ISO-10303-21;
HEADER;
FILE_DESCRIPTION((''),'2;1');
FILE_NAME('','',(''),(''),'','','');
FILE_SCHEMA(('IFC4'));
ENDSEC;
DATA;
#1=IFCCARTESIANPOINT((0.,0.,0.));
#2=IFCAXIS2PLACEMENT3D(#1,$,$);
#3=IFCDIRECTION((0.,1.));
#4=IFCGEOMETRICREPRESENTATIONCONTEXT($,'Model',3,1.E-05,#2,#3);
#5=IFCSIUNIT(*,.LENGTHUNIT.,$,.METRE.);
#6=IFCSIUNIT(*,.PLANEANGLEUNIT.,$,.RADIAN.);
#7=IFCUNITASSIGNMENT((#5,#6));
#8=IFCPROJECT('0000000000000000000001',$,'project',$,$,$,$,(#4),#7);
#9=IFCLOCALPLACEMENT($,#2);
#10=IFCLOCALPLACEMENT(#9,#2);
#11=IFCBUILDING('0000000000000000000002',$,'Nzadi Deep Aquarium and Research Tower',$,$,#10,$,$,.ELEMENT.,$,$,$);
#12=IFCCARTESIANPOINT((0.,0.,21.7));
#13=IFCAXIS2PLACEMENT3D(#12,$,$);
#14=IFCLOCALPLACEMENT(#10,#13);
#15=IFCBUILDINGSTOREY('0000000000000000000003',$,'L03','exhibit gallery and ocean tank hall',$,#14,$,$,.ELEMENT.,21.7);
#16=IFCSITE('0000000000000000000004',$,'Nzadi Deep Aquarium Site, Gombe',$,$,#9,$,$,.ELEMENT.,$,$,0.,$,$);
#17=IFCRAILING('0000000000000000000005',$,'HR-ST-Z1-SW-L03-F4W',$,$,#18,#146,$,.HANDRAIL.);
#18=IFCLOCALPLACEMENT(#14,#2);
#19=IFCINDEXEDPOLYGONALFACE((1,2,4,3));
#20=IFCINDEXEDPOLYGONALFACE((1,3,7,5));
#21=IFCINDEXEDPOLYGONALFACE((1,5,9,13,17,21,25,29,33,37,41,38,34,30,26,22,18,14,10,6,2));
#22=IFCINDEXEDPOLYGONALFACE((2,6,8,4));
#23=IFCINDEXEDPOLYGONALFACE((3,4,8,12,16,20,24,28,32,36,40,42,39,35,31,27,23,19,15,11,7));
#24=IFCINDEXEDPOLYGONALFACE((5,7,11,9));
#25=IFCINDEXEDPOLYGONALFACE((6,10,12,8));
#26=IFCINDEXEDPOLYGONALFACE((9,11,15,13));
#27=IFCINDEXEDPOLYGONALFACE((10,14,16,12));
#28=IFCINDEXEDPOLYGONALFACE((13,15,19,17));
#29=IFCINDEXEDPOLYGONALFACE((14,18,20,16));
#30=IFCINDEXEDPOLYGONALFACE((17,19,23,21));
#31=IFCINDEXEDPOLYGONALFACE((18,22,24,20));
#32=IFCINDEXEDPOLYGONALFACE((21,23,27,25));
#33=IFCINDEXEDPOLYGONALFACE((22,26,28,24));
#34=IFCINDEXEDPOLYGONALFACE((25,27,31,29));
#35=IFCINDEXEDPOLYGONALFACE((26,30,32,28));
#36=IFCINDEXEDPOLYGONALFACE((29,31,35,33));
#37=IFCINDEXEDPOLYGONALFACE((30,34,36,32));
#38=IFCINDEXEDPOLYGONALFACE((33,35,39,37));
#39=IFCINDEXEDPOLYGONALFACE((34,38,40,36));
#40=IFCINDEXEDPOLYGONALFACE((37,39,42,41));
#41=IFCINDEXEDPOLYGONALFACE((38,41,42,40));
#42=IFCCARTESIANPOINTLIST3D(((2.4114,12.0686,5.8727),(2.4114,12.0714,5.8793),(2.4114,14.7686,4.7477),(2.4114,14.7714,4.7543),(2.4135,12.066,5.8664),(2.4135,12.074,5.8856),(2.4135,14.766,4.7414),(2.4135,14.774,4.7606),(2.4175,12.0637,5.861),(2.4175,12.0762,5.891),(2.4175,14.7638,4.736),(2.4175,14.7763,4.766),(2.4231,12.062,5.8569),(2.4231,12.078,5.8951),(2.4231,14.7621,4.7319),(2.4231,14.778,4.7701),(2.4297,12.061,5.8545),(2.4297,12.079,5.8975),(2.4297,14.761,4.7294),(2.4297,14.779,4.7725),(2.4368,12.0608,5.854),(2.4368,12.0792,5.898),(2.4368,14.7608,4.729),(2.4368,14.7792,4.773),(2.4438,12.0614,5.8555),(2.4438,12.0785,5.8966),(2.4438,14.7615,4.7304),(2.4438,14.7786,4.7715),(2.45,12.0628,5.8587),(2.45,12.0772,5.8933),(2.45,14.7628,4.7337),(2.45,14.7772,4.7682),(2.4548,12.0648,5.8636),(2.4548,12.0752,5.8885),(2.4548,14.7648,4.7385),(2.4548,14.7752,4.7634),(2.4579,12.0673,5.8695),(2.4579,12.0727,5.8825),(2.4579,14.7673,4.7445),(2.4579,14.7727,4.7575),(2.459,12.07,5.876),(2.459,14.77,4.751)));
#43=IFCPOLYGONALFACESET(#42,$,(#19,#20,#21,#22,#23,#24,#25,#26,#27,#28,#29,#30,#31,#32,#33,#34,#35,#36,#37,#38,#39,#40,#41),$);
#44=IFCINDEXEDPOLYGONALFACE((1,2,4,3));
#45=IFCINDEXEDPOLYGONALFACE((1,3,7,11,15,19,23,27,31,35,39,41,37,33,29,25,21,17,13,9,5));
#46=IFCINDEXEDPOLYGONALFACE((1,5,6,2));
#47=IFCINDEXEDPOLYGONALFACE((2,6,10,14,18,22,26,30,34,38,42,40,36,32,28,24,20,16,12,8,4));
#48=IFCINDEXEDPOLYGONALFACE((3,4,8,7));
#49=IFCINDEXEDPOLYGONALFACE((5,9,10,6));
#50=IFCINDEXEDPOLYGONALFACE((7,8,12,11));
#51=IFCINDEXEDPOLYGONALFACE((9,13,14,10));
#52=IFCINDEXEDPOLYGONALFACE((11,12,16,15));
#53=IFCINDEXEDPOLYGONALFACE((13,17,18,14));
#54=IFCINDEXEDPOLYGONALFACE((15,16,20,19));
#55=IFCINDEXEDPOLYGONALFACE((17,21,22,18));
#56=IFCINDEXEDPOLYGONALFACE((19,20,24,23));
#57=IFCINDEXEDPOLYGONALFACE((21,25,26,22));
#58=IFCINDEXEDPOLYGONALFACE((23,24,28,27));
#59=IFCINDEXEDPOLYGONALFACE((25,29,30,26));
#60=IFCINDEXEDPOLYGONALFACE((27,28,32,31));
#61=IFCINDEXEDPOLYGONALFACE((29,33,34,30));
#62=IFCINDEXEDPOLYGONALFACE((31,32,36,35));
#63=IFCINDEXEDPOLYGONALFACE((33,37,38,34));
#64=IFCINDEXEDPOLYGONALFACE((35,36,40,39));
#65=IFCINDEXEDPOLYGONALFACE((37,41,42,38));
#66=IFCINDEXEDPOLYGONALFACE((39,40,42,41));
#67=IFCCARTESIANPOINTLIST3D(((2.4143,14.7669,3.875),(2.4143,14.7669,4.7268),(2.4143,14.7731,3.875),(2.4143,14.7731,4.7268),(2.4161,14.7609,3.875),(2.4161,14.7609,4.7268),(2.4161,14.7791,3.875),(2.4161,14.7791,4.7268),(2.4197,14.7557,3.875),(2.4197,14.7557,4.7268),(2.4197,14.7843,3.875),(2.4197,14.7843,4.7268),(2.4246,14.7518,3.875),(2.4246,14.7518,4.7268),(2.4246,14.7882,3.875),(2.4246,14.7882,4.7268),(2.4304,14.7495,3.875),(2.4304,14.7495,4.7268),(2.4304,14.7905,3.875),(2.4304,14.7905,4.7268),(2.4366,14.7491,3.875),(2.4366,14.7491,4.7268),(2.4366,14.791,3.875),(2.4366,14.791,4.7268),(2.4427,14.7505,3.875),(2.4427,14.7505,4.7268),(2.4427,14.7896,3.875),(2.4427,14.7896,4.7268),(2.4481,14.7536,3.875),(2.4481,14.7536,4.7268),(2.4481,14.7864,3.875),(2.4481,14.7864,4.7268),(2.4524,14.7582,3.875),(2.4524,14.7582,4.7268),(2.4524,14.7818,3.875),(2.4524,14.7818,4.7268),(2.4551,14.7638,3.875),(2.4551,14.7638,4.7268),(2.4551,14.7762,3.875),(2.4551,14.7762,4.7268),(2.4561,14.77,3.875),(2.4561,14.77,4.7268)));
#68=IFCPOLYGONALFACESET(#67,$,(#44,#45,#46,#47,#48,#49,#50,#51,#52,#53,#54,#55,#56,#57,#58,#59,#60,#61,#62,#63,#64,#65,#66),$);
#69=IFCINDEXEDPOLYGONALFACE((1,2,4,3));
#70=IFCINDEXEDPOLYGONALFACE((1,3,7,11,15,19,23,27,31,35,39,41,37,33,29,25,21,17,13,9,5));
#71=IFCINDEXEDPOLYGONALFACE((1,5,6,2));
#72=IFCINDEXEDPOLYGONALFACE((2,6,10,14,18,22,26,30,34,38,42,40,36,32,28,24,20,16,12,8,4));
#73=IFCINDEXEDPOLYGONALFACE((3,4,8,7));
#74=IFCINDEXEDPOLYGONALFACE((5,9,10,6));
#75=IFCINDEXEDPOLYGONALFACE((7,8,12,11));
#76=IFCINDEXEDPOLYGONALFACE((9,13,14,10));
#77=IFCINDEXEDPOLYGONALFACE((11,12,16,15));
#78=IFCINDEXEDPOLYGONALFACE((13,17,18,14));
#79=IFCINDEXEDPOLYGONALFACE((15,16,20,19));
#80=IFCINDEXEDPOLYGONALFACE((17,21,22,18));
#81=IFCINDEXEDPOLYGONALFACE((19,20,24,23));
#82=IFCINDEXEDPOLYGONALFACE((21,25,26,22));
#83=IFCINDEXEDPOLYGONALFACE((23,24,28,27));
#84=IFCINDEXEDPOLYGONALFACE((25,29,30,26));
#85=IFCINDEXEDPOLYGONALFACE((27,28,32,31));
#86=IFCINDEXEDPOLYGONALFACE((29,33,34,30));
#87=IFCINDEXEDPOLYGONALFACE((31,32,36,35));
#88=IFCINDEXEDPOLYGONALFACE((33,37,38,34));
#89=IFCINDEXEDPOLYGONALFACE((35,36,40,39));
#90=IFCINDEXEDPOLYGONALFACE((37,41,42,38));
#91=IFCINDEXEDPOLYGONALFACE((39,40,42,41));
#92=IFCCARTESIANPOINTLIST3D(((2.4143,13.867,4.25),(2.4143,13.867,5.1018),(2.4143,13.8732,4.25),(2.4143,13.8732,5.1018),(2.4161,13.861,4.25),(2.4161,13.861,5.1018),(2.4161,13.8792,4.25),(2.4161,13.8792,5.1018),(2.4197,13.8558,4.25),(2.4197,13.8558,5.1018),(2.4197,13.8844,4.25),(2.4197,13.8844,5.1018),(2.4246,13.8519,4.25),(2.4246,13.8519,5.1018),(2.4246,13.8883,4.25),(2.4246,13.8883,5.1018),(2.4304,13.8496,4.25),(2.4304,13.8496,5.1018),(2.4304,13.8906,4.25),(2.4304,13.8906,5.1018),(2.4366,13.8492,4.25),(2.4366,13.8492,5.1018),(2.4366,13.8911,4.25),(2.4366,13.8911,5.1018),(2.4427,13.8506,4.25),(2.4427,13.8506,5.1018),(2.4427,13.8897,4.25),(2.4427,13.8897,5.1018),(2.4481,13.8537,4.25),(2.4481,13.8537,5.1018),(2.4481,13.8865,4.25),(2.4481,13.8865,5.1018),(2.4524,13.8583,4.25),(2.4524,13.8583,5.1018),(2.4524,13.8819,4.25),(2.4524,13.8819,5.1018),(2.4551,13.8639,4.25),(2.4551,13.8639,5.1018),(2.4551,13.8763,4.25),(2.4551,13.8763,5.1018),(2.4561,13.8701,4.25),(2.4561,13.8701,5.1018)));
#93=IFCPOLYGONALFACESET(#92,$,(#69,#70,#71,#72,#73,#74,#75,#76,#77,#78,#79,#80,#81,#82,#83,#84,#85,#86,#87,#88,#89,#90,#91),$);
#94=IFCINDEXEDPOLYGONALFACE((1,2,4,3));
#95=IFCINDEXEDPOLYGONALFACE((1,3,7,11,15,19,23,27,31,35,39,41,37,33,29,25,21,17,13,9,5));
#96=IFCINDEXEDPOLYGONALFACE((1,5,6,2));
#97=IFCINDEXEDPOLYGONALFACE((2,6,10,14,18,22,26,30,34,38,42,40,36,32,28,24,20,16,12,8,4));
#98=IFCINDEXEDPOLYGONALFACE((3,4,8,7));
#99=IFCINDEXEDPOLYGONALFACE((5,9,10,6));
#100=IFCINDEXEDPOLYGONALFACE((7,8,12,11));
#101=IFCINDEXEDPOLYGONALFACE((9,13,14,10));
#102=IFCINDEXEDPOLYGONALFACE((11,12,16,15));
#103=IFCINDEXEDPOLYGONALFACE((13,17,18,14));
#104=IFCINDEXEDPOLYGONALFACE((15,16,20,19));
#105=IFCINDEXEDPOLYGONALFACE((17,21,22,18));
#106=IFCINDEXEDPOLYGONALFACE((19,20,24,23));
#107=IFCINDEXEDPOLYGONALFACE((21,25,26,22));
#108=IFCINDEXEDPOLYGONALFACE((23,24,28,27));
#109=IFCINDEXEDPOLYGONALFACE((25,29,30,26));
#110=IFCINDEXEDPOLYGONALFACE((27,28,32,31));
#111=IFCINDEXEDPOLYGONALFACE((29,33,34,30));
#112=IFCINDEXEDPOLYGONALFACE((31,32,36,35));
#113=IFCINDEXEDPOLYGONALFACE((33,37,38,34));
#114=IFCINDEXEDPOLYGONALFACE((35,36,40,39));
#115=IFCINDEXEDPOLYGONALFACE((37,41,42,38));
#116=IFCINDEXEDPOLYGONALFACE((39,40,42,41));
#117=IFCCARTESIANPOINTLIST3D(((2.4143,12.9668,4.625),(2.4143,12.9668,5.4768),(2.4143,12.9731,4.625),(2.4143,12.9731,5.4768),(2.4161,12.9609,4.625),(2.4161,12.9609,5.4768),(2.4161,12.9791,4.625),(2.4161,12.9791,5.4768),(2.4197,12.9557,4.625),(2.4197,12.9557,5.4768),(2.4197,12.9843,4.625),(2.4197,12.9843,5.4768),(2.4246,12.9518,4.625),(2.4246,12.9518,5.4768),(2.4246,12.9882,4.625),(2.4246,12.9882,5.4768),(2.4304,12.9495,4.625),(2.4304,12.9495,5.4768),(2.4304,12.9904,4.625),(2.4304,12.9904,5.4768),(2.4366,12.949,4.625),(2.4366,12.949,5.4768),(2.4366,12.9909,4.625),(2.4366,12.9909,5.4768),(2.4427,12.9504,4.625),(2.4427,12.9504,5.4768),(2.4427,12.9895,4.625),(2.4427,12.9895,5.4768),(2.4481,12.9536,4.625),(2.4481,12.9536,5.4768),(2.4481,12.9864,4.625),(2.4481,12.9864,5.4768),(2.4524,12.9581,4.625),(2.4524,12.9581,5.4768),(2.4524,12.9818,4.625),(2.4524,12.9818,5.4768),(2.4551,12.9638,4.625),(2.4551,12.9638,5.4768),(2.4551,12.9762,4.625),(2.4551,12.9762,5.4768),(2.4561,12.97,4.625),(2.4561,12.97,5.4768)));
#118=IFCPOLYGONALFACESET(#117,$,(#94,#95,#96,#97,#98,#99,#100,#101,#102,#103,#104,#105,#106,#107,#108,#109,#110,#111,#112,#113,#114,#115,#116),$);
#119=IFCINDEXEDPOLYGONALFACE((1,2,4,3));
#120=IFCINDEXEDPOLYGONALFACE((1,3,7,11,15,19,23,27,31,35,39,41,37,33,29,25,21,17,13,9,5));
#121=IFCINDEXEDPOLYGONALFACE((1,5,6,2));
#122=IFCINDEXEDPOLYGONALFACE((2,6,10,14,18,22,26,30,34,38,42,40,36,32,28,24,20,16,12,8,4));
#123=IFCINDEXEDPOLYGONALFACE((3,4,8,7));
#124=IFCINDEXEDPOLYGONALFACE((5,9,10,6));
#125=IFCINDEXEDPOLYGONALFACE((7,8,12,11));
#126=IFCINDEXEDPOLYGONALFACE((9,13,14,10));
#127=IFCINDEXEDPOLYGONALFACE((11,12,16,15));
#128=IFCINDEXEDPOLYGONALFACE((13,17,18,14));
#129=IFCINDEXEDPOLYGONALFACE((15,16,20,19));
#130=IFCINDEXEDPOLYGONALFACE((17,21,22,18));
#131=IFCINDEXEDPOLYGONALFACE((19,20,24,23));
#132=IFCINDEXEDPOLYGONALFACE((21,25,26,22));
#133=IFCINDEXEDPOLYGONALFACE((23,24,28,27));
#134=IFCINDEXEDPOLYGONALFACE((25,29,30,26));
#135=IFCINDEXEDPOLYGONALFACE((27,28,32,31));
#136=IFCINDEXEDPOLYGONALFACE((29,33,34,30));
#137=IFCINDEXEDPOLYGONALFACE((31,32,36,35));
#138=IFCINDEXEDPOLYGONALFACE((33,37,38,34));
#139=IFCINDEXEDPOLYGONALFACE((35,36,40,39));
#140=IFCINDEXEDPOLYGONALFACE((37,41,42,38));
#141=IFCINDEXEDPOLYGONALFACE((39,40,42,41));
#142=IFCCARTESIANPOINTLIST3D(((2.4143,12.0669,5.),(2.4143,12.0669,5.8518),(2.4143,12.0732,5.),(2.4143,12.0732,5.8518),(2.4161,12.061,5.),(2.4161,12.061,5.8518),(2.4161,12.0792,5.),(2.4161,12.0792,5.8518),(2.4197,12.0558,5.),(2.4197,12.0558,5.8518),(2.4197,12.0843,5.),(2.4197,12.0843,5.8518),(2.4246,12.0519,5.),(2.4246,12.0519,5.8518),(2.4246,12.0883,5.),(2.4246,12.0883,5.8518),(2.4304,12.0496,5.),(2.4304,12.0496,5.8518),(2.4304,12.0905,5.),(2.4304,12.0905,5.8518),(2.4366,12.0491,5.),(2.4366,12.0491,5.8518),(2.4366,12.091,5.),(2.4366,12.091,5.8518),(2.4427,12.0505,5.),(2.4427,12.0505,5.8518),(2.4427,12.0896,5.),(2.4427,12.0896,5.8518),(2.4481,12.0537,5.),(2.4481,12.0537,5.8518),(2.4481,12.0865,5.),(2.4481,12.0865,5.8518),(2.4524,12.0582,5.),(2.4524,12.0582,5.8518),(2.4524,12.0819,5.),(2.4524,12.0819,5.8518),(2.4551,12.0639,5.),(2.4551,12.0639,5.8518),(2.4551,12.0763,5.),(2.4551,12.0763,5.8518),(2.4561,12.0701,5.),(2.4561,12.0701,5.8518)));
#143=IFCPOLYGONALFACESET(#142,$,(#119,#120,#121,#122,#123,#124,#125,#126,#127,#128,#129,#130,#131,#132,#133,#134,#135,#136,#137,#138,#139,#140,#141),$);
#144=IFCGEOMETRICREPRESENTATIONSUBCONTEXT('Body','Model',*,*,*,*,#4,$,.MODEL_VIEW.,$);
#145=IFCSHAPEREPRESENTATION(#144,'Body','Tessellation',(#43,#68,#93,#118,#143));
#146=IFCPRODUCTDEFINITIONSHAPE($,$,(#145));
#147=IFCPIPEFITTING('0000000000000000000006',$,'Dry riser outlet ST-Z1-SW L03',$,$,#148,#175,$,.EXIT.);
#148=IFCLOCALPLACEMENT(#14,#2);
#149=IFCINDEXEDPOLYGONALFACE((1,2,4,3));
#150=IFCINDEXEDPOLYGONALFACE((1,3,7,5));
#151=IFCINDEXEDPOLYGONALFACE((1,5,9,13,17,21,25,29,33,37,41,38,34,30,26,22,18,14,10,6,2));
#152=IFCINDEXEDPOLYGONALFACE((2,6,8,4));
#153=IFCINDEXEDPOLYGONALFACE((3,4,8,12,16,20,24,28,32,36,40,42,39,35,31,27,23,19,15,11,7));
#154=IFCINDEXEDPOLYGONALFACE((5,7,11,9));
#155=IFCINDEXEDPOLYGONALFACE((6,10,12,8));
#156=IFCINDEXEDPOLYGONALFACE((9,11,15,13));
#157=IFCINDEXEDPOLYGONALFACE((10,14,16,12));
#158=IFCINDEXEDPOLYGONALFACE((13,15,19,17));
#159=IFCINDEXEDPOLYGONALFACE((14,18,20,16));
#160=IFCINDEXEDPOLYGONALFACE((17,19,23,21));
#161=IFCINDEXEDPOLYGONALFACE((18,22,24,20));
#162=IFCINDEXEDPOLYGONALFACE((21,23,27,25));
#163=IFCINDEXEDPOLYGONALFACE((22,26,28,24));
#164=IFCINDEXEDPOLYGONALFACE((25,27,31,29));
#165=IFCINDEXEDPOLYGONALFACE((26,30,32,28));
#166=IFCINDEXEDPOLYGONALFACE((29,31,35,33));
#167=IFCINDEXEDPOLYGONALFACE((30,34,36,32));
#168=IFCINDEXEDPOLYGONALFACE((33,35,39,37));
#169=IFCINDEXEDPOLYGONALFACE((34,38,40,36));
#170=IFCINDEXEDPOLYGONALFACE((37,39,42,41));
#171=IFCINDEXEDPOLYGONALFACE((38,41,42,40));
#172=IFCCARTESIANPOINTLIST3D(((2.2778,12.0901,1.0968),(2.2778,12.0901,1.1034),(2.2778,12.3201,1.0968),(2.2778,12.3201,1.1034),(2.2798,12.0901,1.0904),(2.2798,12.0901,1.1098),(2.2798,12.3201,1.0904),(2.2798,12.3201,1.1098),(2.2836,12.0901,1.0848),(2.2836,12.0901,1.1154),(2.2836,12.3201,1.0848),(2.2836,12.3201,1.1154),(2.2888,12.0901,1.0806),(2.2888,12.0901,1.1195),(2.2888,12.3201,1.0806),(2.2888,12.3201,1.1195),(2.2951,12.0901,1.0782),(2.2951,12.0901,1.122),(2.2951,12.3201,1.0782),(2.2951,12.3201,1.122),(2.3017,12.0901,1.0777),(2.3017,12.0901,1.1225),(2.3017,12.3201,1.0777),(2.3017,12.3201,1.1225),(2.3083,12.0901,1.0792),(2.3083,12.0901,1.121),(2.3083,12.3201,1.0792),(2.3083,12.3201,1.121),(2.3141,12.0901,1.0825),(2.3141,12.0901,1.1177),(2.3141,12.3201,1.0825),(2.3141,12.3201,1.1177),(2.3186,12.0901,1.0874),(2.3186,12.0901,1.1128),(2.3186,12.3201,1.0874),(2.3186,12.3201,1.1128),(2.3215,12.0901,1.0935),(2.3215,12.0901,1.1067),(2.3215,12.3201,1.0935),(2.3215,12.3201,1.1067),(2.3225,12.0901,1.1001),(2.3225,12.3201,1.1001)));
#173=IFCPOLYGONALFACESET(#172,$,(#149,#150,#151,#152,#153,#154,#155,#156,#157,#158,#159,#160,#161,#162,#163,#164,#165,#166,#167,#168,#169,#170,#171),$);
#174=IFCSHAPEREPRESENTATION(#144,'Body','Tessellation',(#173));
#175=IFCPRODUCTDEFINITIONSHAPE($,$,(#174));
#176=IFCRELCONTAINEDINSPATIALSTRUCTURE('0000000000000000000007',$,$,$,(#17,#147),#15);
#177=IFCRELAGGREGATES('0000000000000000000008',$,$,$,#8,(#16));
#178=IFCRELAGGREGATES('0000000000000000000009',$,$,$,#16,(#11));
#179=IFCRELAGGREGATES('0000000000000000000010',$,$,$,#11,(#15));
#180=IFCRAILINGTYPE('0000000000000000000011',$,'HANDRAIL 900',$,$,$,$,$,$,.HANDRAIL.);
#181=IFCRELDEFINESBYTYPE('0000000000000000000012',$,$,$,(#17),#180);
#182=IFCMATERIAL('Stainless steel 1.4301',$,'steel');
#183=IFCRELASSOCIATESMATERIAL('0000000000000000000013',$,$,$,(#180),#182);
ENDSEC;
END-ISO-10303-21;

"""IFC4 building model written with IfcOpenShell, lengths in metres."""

from ifc_helpers import new_model, si_unit, direction, frame, origin, origin_2d, place, context, subcontext, project, spatial, circle, extrude, material, type_object, element, save


model = new_model("IFC4")

# Units and contexts
model_context = context("Model", 3, precision=1e-05, world=origin(), true_north=direction((0.0, 1.0)))
body_context = subcontext(model_context, "Body", "Model", "MODEL_VIEW")
ifc_project = project(units=[si_unit("LENGTHUNIT", "METRE"), si_unit("PLANEANGLEUNIT", "RADIAN")], contexts=[model_context])

# Site, building, storey
site_placement = place(None, origin())
site = spatial("IfcSite", under=ifc_project, at=site_placement, Name="Nzadi Deep Aquarium Site, Gombe", CompositionType="ELEMENT", RefElevation=0.0)
building_placement = place(site_placement, origin())
building = spatial("IfcBuilding", under=site, at=building_placement, Name="Nzadi Deep Aquarium and Research Tower", CompositionType="ELEMENT")
storey_placement = place(building_placement, frame((0.0, 0.0, 21.7)))
storey = spatial("IfcBuildingStorey", under=building, at=storey_placement, Name="L03", Description="exhibit gallery and ocean tank hall", CompositionType="ELEMENT", Elevation=21.7)

# Railing
ifc_material_1 = material(Name="Stainless steel 1.4301", Category="steel")
railing_type = type_object("IfcRailingType", Name="HANDRAIL 900", PredefinedType="HANDRAIL", material=ifc_material_1)
for number, where, name in (
    (1, (2.4351, 14.77, 3.875), "HR-ST-Z1-SW-L03-F4W"),
):
    element("IfcRailing", number, at=place(storey_placement, frame(where)), inside=storey, type_object=railing_type, Name=name, PredefinedType="HANDRAIL", context=body_context, shape_type="SweptSolid", body=[
        extrude(circle(Radius=0.0239, at=origin_2d()), frame((0.0, 0.0, 0.876), z_axis=(0.0, -0.923074, 0.384621), x_axis=(1.0, 0.0, 0.0)), (0.0, 0.0, 1.0), 2.925),
        extrude(circle(Radius=0.021, at=origin_2d()), origin(), (0.0, 0.0, 1.0), 0.8518),
        extrude(circle(Radius=0.021, at=origin_2d()), frame((0.0, -0.8999, 0.375)), (0.0, 0.0, 1.0), 0.8518),
        extrude(circle(Radius=0.021, at=origin_2d()), frame((0.0, -1.8, 0.75)), (0.0, 0.0, 1.0), 0.8518),
        extrude(circle(Radius=0.021, at=origin_2d()), frame((0.0, -2.7, 1.125)), (0.0, 0.0, 1.0), 0.8518),
    ])

# Pipe fitting
pipe_fitting_placement = place(storey_placement, frame((2.3, 12.3201, 1.1001), z_axis=(0.0, -1.0, 0.0), x_axis=(1.0, 0.0, 0.0)))
element("IfcPipeFitting", 2, at=pipe_fitting_placement, inside=storey, Name="Dry riser outlet ST-Z1-SW L03", PredefinedType="EXIT", context=body_context, shape_type="SweptSolid", body=[
    extrude(circle(Radius=0.0225, at=origin_2d()), origin(), (0.0, 0.0, 1.0), 0.23),
])

save(model, "model.ifc")
